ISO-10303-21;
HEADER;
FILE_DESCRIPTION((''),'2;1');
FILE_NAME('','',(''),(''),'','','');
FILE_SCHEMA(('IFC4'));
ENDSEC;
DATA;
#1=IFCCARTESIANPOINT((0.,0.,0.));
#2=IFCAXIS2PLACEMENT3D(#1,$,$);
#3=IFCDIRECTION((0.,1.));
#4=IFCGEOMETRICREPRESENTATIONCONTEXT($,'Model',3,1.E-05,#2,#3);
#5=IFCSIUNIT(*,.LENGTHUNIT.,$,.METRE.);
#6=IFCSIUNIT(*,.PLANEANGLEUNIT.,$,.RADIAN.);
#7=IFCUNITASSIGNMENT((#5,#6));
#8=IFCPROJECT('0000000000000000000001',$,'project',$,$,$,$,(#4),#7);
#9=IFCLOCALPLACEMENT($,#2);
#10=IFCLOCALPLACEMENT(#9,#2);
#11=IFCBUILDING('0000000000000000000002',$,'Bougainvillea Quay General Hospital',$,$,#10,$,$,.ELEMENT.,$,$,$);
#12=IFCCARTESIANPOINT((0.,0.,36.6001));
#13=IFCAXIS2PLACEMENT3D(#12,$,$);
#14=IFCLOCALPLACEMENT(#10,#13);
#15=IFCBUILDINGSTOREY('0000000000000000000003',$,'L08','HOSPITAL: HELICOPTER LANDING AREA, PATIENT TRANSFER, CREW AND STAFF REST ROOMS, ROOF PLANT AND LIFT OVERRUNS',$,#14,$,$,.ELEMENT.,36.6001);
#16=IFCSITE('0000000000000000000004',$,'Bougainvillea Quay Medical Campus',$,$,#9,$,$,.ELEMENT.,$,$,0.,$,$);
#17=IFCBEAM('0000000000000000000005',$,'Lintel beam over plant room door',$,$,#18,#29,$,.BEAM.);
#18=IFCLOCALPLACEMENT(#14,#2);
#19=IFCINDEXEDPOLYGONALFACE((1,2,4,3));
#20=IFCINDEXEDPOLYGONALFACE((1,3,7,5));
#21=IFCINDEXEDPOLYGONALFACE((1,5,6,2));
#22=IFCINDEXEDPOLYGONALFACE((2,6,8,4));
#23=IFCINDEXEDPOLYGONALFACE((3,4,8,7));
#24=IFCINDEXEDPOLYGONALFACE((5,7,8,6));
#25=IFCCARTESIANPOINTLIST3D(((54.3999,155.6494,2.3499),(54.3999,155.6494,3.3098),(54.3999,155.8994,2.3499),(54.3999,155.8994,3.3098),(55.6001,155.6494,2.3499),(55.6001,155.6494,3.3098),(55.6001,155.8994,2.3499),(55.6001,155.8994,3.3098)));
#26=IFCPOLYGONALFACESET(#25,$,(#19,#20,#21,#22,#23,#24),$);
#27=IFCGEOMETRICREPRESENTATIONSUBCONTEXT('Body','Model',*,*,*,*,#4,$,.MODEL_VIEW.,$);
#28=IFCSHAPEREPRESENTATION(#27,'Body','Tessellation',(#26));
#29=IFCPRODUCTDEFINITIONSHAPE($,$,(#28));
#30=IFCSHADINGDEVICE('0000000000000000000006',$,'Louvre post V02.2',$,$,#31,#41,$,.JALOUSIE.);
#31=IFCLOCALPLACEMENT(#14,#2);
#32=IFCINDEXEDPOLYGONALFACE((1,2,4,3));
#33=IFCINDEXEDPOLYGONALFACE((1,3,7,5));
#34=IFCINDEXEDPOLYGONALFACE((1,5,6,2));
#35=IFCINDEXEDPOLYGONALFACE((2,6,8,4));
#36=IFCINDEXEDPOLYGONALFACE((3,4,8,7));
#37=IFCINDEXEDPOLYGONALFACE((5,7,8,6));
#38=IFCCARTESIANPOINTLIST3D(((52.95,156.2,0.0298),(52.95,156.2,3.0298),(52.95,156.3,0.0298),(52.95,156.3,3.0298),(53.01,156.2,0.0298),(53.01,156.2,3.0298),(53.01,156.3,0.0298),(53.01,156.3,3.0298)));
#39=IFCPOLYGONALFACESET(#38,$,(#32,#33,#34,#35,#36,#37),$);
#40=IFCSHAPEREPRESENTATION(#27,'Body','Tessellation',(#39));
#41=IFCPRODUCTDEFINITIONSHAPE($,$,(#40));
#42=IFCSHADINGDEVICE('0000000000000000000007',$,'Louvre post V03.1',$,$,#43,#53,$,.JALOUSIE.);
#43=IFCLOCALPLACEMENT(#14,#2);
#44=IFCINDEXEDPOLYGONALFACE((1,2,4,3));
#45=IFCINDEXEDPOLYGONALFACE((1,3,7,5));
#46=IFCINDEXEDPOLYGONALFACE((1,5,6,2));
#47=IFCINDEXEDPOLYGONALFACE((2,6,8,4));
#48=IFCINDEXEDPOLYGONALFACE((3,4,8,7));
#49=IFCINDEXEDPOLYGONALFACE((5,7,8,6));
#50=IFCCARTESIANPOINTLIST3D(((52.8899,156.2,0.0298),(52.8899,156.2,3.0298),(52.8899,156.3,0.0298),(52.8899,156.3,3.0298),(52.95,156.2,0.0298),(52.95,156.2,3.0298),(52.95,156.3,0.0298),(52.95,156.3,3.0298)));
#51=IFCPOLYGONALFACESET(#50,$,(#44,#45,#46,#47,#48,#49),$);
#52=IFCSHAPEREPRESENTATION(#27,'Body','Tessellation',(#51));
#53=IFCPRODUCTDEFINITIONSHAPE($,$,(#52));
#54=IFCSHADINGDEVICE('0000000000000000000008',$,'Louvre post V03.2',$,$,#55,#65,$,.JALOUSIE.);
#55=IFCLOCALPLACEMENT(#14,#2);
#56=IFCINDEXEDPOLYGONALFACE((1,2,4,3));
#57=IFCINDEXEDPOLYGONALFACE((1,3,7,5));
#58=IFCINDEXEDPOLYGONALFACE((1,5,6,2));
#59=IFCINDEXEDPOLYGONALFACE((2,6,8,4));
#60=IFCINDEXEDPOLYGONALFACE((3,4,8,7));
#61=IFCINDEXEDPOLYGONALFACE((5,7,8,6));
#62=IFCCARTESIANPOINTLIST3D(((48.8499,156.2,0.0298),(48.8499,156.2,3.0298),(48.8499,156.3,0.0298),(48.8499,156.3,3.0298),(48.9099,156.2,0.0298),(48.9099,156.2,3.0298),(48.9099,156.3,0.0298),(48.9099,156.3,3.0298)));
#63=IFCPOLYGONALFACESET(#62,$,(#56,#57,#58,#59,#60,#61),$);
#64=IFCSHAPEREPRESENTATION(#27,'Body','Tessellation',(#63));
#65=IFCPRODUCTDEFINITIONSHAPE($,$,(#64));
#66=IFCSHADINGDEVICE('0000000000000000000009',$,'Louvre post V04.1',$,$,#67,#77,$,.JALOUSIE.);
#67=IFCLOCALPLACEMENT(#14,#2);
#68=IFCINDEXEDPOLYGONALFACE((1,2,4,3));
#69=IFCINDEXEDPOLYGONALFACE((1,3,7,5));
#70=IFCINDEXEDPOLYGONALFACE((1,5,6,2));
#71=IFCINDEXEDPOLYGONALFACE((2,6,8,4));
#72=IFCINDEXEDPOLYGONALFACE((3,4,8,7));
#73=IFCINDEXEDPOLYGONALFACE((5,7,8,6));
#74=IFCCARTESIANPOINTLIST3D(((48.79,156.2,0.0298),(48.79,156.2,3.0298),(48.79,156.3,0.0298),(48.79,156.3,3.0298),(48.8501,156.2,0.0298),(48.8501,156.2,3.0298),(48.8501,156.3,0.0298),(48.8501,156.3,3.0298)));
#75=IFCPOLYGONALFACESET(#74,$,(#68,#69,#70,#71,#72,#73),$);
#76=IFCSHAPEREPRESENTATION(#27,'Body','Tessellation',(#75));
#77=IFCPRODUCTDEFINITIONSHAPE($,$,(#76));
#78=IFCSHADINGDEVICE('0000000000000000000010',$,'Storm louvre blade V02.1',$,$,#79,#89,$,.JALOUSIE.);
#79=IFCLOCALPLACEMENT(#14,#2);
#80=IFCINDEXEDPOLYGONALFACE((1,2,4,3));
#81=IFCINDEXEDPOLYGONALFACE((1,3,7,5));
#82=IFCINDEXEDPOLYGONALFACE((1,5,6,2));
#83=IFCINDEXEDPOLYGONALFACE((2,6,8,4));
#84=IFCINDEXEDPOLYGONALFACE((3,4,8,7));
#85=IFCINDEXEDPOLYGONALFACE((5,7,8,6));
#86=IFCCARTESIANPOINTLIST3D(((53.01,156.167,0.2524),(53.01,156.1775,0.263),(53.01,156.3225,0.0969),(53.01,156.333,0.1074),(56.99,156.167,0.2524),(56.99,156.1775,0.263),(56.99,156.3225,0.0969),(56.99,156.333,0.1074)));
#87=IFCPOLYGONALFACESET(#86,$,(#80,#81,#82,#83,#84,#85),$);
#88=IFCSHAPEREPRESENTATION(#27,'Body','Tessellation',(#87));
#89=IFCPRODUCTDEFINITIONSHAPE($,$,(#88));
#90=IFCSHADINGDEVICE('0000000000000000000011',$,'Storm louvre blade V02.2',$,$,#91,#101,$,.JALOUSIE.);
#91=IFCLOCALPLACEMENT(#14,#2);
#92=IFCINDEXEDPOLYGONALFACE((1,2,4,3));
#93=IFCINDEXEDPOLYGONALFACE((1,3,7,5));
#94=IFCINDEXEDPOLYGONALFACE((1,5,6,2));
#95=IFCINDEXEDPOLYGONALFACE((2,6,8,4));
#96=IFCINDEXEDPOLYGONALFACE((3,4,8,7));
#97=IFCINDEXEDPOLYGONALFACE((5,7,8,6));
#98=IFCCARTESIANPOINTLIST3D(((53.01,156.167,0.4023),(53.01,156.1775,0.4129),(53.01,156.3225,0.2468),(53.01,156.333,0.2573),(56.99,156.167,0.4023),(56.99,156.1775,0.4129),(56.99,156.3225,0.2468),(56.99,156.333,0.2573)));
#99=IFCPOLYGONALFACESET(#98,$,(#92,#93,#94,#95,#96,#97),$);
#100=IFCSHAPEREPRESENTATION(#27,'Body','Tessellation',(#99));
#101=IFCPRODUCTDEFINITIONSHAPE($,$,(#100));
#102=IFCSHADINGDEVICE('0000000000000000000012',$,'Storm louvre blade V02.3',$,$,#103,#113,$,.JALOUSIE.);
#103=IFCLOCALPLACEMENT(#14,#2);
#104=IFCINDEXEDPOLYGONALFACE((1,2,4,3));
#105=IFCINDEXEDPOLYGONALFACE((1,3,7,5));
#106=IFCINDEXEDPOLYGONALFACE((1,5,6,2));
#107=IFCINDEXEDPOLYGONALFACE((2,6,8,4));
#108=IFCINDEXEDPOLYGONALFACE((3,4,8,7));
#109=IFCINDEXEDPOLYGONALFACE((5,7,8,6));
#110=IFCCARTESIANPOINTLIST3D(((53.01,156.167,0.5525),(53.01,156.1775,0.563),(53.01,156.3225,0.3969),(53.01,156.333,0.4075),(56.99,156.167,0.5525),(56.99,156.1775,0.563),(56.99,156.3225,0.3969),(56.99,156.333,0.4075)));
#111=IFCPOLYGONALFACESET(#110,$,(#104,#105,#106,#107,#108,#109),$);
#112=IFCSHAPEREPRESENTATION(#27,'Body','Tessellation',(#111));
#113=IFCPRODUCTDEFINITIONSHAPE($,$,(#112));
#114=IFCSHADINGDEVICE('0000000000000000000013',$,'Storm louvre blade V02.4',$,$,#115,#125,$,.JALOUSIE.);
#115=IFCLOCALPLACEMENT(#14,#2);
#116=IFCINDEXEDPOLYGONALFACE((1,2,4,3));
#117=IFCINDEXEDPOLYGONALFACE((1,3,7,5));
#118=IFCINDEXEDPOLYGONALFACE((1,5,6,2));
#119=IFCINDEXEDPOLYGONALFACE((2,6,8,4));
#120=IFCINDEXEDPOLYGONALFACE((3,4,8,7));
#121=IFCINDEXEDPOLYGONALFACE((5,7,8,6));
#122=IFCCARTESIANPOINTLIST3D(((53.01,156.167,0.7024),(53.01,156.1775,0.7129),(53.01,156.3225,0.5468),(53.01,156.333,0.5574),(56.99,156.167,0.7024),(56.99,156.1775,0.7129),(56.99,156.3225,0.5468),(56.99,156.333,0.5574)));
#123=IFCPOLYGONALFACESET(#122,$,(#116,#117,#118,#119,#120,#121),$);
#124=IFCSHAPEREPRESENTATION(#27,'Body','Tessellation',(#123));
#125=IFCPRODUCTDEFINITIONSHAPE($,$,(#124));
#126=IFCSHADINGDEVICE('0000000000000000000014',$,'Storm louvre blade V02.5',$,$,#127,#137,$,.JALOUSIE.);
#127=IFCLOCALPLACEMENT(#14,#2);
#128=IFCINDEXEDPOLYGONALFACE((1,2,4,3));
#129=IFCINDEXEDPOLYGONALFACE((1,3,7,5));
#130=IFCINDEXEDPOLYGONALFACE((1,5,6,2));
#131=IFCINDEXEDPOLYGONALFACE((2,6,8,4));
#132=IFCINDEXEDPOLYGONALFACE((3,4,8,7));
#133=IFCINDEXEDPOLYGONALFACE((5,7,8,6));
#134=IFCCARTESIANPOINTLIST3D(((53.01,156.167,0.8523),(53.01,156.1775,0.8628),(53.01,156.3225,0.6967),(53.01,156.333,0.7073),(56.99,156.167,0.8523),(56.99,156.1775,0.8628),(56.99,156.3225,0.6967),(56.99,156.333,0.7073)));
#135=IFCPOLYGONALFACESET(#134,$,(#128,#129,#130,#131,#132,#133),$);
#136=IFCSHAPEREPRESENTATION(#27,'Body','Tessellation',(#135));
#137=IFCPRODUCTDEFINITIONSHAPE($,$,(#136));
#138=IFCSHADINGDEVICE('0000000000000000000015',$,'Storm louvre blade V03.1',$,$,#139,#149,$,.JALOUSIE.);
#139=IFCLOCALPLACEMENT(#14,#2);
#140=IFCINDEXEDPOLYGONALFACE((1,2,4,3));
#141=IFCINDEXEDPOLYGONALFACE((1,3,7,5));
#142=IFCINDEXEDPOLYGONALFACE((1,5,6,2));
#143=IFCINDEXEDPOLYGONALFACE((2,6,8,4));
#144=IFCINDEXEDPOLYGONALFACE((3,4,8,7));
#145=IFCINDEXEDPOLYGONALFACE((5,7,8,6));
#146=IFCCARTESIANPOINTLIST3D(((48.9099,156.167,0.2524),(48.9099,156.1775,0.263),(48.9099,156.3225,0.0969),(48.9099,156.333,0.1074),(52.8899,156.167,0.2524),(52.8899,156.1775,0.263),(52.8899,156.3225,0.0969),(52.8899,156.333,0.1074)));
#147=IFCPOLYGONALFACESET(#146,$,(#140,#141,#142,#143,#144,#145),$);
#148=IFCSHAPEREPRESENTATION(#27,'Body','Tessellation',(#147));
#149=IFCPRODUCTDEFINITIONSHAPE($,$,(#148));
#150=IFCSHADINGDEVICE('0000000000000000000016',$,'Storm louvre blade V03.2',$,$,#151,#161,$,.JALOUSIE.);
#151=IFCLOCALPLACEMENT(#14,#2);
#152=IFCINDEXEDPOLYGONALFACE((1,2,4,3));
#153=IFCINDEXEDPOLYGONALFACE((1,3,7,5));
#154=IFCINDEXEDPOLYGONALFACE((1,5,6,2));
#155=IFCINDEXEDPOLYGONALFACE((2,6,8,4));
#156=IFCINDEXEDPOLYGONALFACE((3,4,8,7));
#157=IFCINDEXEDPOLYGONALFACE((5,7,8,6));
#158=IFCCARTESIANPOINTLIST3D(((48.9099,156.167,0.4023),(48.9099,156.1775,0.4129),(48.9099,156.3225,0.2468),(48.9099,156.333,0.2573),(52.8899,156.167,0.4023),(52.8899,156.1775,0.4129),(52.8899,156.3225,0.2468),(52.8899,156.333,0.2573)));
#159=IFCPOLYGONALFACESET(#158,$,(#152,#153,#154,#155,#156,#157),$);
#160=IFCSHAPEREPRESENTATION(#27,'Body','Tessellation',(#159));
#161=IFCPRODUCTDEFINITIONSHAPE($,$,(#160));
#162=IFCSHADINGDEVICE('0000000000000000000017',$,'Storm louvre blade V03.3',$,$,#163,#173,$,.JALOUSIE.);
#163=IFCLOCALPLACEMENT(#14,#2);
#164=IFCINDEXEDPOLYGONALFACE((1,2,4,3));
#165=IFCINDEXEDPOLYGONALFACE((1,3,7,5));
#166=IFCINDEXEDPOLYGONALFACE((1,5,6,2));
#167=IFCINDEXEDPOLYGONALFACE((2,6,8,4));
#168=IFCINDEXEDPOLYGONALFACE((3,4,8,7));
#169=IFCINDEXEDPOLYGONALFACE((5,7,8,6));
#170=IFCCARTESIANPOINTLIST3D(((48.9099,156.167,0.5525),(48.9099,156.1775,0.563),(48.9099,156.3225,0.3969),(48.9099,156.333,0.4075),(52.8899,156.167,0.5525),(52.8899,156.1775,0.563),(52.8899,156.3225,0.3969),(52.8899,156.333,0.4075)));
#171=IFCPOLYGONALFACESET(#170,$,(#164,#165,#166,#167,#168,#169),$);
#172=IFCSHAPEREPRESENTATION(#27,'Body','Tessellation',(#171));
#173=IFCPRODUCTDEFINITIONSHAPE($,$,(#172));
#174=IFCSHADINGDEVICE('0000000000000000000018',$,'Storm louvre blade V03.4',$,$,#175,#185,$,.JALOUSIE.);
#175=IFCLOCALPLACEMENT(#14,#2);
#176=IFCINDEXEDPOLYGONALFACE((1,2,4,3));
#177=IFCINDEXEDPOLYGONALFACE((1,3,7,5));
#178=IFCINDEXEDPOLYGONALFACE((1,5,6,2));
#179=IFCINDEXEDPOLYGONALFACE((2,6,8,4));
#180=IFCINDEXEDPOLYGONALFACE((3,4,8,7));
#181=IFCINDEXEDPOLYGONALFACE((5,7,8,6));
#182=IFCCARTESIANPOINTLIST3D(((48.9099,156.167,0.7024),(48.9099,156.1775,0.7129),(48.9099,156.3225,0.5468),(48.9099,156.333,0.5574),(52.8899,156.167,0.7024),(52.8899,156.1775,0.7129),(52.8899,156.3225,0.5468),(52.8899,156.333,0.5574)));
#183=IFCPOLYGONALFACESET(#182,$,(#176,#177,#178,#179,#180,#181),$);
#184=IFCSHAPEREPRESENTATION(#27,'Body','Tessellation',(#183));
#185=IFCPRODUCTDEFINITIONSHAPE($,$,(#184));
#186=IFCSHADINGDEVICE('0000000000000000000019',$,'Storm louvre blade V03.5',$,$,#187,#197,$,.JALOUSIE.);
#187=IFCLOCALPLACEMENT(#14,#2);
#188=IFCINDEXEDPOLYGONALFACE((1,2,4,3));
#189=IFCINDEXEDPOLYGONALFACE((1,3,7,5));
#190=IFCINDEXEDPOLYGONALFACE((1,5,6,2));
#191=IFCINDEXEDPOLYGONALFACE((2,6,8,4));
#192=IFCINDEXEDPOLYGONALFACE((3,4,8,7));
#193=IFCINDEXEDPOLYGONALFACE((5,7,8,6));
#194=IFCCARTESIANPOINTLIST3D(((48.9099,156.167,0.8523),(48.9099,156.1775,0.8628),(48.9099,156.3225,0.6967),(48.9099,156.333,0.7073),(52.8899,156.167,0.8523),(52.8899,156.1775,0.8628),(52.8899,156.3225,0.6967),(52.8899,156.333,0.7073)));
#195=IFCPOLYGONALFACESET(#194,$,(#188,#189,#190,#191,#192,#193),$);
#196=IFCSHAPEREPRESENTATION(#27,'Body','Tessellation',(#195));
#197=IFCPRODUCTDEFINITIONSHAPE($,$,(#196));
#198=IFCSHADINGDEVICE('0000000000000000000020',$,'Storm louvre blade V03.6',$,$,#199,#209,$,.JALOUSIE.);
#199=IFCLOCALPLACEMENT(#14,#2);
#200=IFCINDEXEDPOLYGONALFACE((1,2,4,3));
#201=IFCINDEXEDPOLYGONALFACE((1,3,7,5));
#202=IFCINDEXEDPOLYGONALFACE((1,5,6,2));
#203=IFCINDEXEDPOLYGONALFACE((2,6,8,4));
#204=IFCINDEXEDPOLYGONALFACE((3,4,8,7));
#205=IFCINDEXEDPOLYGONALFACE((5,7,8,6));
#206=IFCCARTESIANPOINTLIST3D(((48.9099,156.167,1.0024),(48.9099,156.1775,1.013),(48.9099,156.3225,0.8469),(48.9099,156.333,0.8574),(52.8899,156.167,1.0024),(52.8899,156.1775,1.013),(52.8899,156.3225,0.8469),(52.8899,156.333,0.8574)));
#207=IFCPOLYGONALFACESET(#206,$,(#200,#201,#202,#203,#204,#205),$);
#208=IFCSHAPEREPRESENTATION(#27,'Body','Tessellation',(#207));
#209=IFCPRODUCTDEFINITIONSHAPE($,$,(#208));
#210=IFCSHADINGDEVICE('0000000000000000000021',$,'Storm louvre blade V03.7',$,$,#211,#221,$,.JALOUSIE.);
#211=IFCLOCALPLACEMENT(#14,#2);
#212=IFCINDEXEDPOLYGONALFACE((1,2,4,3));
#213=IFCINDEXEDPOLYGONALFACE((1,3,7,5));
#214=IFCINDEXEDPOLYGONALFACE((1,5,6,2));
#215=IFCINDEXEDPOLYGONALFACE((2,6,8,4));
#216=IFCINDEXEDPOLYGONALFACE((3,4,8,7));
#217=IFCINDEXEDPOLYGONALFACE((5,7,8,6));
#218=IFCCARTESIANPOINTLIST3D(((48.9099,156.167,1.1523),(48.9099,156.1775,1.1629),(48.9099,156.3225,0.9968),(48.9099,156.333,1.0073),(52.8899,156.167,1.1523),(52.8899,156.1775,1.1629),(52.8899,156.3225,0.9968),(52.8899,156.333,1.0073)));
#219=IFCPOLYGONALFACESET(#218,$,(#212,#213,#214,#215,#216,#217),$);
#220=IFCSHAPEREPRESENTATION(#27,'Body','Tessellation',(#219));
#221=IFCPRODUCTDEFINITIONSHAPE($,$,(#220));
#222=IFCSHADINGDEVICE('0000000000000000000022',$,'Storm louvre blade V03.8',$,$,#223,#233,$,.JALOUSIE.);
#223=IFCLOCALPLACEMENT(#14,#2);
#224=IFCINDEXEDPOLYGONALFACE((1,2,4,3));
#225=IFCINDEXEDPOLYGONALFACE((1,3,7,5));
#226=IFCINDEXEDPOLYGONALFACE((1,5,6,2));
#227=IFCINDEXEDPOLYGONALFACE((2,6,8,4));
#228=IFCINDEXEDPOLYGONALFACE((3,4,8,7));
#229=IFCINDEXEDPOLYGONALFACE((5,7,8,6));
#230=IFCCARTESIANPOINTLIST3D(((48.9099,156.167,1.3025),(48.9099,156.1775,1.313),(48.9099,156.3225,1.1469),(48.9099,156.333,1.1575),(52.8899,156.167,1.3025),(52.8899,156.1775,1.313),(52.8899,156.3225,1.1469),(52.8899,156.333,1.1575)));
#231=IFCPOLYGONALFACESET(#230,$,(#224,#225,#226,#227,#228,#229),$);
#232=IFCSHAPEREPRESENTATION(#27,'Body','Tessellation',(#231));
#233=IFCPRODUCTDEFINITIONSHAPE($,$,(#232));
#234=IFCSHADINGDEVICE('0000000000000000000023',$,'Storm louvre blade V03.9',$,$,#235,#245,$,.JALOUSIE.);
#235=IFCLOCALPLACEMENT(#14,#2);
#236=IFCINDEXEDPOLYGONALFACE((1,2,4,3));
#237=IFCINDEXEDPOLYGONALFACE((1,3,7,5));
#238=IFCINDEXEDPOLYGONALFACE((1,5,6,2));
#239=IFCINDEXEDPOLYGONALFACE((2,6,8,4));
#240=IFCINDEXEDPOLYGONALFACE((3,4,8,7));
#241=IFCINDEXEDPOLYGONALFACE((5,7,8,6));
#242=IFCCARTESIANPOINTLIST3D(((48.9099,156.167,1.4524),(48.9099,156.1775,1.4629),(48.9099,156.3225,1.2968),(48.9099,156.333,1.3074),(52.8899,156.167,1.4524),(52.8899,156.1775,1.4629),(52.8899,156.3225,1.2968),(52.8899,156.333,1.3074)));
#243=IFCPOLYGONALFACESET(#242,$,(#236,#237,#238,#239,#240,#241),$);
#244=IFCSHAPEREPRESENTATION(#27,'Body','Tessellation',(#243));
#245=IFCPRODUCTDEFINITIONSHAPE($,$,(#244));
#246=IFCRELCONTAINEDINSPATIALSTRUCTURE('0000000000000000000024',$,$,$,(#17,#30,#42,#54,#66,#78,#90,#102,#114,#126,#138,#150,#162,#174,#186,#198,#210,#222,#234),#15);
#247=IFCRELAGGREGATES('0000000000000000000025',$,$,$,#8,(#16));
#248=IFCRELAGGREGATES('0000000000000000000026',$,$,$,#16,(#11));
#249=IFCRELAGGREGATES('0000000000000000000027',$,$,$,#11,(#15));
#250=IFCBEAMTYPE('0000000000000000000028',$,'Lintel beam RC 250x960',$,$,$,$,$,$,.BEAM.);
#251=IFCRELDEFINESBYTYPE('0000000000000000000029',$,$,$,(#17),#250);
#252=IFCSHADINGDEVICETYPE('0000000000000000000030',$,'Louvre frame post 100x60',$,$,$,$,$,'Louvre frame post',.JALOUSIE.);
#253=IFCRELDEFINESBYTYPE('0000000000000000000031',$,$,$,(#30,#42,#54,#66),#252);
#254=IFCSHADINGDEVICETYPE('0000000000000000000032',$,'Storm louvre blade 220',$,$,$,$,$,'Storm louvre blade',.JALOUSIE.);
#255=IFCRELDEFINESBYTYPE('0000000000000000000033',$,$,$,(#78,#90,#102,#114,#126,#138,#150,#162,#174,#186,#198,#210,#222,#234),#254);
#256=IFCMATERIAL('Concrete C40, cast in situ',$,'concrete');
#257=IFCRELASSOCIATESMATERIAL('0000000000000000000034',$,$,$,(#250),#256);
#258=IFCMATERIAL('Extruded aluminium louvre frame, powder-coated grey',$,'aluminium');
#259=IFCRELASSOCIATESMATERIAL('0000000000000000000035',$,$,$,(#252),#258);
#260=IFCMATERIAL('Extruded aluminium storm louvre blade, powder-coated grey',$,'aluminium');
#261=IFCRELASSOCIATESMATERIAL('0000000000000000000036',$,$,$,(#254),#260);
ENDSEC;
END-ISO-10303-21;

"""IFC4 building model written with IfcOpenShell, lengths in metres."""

from ifc_helpers import new_model, si_unit, direction, frame, origin, origin_2d, place, context, subcontext, project, spatial, rectangle, extrude, material, material_profile, profile_set, type_object, element, save


model = new_model("IFC4")

# Units and contexts
model_context = context("Model", 3, precision=1e-05, world=origin(), true_north=direction((0.0, 1.0)))
body_context = subcontext(model_context, "Body", "Model", "MODEL_VIEW")
ifc_project = project(units=[si_unit("LENGTHUNIT", "METRE"), si_unit("PLANEANGLEUNIT", "RADIAN")], contexts=[model_context])

# Site, building, storey
site_placement = place(None, origin())
site = spatial("IfcSite", under=ifc_project, at=site_placement, Name="Bougainvillea Quay Medical Campus", CompositionType="ELEMENT", RefElevation=0.0)
building_placement = place(site_placement, origin())
building = spatial("IfcBuilding", under=site, at=building_placement, Name="Bougainvillea Quay General Hospital", CompositionType="ELEMENT")
storey_placement = place(building_placement, frame((0.0, 0.0, 36.6001)))
storey = spatial("IfcBuildingStorey", under=building, at=storey_placement, Name="L08", Description="HOSPITAL: HELICOPTER LANDING AREA, PATIENT TRANSFER, CREW AND STAFF REST ROOMS, ROOF PLANT AND LIFT OVERRUNS", CompositionType="ELEMENT", Elevation=36.6001)

# Beam
ifc_material_1 = material(Name="Concrete C40, cast in situ", Category="concrete")
ifc_material_profile_1 = material_profile(ifc_material_1, rectangle(XDim=0.25, YDim=0.96, at=origin_2d()))
ifc_profile_set_1 = profile_set([ifc_material_profile_1], Name="Concrete C40, cast in situ")
beam_type = type_object("IfcBeamType", Name="Lintel beam RC 250x960", PredefinedType="BEAM", material=ifc_profile_set_1)
beam_placement = place(storey_placement, frame((54.3999, 155.7744, 2.8298), z_axis=(1.0, 0.0, 0.0), x_axis=(0.0, 1.0, 0.0)))
element("IfcBeam", 1, at=beam_placement, inside=storey, type_object=beam_type, Name="Lintel beam over plant room door", PredefinedType="BEAM", context=body_context, shape_type="SweptSolid", body=[
    extrude(rectangle(XDim=0.25, YDim=0.96, at=origin_2d()), origin(), (0.0, 0.0, 1.0), 1.2002),
])

# Shading devices
ifc_material_2 = material(Name="Extruded aluminium louvre frame, powder-coated grey", Category="aluminium")
ifc_material_profile_2 = material_profile(ifc_material_2, rectangle(XDim=0.1001, YDim=0.0601, at=origin_2d()))
ifc_profile_set_2 = profile_set([ifc_material_profile_2], Name="Extruded aluminium louvre frame, powder-coated grey")
shading_device_type_1 = type_object("IfcShadingDeviceType", Name="Louvre frame post 100x60", ElementType="Louvre frame post", PredefinedType="JALOUSIE", material=ifc_profile_set_2)
for number, where, z_axis, x_axis, name in (
    (2, (52.98, 156.25, 0.0298), (0.0, 0.0, 1.0), (0.0, -1.0, 0.0), "Louvre post V02.2"),
    (3, (52.9199, 156.25, 0.0298), (0.0, 0.0, 1.0), (0.0, -1.0, 0.0), "Louvre post V03.1"),
    (4, (48.8799, 156.25, 0.0298), (0.0, 0.0, 1.0), (0.0, -1.0, 0.0), "Louvre post V03.2"),
    (5, (48.8201, 156.25, 0.0298), (0.0, 0.0, 1.0), (0.0, -1.0, 0.0), "Louvre post V04.1"),
):
    element("IfcShadingDevice", number, at=place(storey_placement, frame(where, z_axis=z_axis, x_axis=x_axis)), inside=storey, type_object=shading_device_type_1, Name=name, PredefinedType="JALOUSIE", context=body_context, shape_type="SweptSolid", body=[
        extrude(rectangle(XDim=0.1001, YDim=0.0601, at=origin_2d()), origin(), (0.0, 0.0, 1.0), 3.0),
    ])
ifc_material_3 = material(Name="Extruded aluminium storm louvre blade, powder-coated grey", Category="aluminium")
ifc_material_profile_3 = material_profile(ifc_material_3, rectangle(XDim=0.22, YDim=0.0149, at=origin_2d()))
ifc_profile_set_3 = profile_set([ifc_material_profile_3], Name="Extruded aluminium storm louvre blade, powder-coated grey")
shading_device_type_2 = type_object("IfcShadingDeviceType", Name="Storm louvre blade 220", ElementType="Storm louvre blade", PredefinedType="JALOUSIE", material=ifc_profile_set_3)
for number, where, z_axis, x_axis, name in (
    (6, (56.99, 156.25, 0.1799), (-1.0, 0.0, 0.0), (0.0, -0.707107, 0.707107), "Storm louvre blade V02.1"),
    (7, (56.99, 156.25, 0.3298), (-1.0, 0.0, 0.0), (0.0, -0.707107, 0.707107), "Storm louvre blade V02.2"),
    (8, (56.99, 156.25, 0.48), (-1.0, 0.0, 0.0), (0.0, -0.707107, 0.707107), "Storm louvre blade V02.3"),
    (9, (56.99, 156.25, 0.6299), (-1.0, 0.0, 0.0), (0.0, -0.707107, 0.707107), "Storm louvre blade V02.4"),
    (10, (56.99, 156.25, 0.7798), (-1.0, 0.0, 0.0), (0.0, -0.707107, 0.707107), "Storm louvre blade V02.5"),
    (11, (52.8899, 156.25, 0.1799), (-1.0, 0.0, 0.0), (0.0, -0.707107, 0.707107), "Storm louvre blade V03.1"),
    (12, (52.8899, 156.25, 0.3298), (-1.0, 0.0, 0.0), (0.0, -0.707107, 0.707107), "Storm louvre blade V03.2"),
    (13, (52.8899, 156.25, 0.48), (-1.0, 0.0, 0.0), (0.0, -0.707107, 0.707107), "Storm louvre blade V03.3"),
    (14, (52.8899, 156.25, 0.6299), (-1.0, 0.0, 0.0), (0.0, -0.707107, 0.707107), "Storm louvre blade V03.4"),
    (15, (52.8899, 156.25, 0.7798), (-1.0, 0.0, 0.0), (0.0, -0.707107, 0.707107), "Storm louvre blade V03.5"),
    (16, (52.8899, 156.25, 0.9299), (-1.0, 0.0, 0.0), (0.0, -0.707107, 0.707107), "Storm louvre blade V03.6"),
    (17, (52.8899, 156.25, 1.0798), (-1.0, 0.0, 0.0), (0.0, -0.707107, 0.707107), "Storm louvre blade V03.7"),
    (18, (52.8899, 156.25, 1.23), (-1.0, 0.0, 0.0), (0.0, -0.707107, 0.707107), "Storm louvre blade V03.8"),
    (19, (52.8899, 156.25, 1.3799), (-1.0, 0.0, 0.0), (0.0, -0.707107, 0.707107), "Storm louvre blade V03.9"),
):
    element("IfcShadingDevice", number, at=place(storey_placement, frame(where, z_axis=z_axis, x_axis=x_axis)), inside=storey, type_object=shading_device_type_2, Name=name, PredefinedType="JALOUSIE", context=body_context, shape_type="SweptSolid", body=[
        extrude(rectangle(XDim=0.22, YDim=0.0149, at=origin_2d()), origin(), (0.0, 0.0, 1.0), 3.98),
    ])

save(model, "model.ifc")
